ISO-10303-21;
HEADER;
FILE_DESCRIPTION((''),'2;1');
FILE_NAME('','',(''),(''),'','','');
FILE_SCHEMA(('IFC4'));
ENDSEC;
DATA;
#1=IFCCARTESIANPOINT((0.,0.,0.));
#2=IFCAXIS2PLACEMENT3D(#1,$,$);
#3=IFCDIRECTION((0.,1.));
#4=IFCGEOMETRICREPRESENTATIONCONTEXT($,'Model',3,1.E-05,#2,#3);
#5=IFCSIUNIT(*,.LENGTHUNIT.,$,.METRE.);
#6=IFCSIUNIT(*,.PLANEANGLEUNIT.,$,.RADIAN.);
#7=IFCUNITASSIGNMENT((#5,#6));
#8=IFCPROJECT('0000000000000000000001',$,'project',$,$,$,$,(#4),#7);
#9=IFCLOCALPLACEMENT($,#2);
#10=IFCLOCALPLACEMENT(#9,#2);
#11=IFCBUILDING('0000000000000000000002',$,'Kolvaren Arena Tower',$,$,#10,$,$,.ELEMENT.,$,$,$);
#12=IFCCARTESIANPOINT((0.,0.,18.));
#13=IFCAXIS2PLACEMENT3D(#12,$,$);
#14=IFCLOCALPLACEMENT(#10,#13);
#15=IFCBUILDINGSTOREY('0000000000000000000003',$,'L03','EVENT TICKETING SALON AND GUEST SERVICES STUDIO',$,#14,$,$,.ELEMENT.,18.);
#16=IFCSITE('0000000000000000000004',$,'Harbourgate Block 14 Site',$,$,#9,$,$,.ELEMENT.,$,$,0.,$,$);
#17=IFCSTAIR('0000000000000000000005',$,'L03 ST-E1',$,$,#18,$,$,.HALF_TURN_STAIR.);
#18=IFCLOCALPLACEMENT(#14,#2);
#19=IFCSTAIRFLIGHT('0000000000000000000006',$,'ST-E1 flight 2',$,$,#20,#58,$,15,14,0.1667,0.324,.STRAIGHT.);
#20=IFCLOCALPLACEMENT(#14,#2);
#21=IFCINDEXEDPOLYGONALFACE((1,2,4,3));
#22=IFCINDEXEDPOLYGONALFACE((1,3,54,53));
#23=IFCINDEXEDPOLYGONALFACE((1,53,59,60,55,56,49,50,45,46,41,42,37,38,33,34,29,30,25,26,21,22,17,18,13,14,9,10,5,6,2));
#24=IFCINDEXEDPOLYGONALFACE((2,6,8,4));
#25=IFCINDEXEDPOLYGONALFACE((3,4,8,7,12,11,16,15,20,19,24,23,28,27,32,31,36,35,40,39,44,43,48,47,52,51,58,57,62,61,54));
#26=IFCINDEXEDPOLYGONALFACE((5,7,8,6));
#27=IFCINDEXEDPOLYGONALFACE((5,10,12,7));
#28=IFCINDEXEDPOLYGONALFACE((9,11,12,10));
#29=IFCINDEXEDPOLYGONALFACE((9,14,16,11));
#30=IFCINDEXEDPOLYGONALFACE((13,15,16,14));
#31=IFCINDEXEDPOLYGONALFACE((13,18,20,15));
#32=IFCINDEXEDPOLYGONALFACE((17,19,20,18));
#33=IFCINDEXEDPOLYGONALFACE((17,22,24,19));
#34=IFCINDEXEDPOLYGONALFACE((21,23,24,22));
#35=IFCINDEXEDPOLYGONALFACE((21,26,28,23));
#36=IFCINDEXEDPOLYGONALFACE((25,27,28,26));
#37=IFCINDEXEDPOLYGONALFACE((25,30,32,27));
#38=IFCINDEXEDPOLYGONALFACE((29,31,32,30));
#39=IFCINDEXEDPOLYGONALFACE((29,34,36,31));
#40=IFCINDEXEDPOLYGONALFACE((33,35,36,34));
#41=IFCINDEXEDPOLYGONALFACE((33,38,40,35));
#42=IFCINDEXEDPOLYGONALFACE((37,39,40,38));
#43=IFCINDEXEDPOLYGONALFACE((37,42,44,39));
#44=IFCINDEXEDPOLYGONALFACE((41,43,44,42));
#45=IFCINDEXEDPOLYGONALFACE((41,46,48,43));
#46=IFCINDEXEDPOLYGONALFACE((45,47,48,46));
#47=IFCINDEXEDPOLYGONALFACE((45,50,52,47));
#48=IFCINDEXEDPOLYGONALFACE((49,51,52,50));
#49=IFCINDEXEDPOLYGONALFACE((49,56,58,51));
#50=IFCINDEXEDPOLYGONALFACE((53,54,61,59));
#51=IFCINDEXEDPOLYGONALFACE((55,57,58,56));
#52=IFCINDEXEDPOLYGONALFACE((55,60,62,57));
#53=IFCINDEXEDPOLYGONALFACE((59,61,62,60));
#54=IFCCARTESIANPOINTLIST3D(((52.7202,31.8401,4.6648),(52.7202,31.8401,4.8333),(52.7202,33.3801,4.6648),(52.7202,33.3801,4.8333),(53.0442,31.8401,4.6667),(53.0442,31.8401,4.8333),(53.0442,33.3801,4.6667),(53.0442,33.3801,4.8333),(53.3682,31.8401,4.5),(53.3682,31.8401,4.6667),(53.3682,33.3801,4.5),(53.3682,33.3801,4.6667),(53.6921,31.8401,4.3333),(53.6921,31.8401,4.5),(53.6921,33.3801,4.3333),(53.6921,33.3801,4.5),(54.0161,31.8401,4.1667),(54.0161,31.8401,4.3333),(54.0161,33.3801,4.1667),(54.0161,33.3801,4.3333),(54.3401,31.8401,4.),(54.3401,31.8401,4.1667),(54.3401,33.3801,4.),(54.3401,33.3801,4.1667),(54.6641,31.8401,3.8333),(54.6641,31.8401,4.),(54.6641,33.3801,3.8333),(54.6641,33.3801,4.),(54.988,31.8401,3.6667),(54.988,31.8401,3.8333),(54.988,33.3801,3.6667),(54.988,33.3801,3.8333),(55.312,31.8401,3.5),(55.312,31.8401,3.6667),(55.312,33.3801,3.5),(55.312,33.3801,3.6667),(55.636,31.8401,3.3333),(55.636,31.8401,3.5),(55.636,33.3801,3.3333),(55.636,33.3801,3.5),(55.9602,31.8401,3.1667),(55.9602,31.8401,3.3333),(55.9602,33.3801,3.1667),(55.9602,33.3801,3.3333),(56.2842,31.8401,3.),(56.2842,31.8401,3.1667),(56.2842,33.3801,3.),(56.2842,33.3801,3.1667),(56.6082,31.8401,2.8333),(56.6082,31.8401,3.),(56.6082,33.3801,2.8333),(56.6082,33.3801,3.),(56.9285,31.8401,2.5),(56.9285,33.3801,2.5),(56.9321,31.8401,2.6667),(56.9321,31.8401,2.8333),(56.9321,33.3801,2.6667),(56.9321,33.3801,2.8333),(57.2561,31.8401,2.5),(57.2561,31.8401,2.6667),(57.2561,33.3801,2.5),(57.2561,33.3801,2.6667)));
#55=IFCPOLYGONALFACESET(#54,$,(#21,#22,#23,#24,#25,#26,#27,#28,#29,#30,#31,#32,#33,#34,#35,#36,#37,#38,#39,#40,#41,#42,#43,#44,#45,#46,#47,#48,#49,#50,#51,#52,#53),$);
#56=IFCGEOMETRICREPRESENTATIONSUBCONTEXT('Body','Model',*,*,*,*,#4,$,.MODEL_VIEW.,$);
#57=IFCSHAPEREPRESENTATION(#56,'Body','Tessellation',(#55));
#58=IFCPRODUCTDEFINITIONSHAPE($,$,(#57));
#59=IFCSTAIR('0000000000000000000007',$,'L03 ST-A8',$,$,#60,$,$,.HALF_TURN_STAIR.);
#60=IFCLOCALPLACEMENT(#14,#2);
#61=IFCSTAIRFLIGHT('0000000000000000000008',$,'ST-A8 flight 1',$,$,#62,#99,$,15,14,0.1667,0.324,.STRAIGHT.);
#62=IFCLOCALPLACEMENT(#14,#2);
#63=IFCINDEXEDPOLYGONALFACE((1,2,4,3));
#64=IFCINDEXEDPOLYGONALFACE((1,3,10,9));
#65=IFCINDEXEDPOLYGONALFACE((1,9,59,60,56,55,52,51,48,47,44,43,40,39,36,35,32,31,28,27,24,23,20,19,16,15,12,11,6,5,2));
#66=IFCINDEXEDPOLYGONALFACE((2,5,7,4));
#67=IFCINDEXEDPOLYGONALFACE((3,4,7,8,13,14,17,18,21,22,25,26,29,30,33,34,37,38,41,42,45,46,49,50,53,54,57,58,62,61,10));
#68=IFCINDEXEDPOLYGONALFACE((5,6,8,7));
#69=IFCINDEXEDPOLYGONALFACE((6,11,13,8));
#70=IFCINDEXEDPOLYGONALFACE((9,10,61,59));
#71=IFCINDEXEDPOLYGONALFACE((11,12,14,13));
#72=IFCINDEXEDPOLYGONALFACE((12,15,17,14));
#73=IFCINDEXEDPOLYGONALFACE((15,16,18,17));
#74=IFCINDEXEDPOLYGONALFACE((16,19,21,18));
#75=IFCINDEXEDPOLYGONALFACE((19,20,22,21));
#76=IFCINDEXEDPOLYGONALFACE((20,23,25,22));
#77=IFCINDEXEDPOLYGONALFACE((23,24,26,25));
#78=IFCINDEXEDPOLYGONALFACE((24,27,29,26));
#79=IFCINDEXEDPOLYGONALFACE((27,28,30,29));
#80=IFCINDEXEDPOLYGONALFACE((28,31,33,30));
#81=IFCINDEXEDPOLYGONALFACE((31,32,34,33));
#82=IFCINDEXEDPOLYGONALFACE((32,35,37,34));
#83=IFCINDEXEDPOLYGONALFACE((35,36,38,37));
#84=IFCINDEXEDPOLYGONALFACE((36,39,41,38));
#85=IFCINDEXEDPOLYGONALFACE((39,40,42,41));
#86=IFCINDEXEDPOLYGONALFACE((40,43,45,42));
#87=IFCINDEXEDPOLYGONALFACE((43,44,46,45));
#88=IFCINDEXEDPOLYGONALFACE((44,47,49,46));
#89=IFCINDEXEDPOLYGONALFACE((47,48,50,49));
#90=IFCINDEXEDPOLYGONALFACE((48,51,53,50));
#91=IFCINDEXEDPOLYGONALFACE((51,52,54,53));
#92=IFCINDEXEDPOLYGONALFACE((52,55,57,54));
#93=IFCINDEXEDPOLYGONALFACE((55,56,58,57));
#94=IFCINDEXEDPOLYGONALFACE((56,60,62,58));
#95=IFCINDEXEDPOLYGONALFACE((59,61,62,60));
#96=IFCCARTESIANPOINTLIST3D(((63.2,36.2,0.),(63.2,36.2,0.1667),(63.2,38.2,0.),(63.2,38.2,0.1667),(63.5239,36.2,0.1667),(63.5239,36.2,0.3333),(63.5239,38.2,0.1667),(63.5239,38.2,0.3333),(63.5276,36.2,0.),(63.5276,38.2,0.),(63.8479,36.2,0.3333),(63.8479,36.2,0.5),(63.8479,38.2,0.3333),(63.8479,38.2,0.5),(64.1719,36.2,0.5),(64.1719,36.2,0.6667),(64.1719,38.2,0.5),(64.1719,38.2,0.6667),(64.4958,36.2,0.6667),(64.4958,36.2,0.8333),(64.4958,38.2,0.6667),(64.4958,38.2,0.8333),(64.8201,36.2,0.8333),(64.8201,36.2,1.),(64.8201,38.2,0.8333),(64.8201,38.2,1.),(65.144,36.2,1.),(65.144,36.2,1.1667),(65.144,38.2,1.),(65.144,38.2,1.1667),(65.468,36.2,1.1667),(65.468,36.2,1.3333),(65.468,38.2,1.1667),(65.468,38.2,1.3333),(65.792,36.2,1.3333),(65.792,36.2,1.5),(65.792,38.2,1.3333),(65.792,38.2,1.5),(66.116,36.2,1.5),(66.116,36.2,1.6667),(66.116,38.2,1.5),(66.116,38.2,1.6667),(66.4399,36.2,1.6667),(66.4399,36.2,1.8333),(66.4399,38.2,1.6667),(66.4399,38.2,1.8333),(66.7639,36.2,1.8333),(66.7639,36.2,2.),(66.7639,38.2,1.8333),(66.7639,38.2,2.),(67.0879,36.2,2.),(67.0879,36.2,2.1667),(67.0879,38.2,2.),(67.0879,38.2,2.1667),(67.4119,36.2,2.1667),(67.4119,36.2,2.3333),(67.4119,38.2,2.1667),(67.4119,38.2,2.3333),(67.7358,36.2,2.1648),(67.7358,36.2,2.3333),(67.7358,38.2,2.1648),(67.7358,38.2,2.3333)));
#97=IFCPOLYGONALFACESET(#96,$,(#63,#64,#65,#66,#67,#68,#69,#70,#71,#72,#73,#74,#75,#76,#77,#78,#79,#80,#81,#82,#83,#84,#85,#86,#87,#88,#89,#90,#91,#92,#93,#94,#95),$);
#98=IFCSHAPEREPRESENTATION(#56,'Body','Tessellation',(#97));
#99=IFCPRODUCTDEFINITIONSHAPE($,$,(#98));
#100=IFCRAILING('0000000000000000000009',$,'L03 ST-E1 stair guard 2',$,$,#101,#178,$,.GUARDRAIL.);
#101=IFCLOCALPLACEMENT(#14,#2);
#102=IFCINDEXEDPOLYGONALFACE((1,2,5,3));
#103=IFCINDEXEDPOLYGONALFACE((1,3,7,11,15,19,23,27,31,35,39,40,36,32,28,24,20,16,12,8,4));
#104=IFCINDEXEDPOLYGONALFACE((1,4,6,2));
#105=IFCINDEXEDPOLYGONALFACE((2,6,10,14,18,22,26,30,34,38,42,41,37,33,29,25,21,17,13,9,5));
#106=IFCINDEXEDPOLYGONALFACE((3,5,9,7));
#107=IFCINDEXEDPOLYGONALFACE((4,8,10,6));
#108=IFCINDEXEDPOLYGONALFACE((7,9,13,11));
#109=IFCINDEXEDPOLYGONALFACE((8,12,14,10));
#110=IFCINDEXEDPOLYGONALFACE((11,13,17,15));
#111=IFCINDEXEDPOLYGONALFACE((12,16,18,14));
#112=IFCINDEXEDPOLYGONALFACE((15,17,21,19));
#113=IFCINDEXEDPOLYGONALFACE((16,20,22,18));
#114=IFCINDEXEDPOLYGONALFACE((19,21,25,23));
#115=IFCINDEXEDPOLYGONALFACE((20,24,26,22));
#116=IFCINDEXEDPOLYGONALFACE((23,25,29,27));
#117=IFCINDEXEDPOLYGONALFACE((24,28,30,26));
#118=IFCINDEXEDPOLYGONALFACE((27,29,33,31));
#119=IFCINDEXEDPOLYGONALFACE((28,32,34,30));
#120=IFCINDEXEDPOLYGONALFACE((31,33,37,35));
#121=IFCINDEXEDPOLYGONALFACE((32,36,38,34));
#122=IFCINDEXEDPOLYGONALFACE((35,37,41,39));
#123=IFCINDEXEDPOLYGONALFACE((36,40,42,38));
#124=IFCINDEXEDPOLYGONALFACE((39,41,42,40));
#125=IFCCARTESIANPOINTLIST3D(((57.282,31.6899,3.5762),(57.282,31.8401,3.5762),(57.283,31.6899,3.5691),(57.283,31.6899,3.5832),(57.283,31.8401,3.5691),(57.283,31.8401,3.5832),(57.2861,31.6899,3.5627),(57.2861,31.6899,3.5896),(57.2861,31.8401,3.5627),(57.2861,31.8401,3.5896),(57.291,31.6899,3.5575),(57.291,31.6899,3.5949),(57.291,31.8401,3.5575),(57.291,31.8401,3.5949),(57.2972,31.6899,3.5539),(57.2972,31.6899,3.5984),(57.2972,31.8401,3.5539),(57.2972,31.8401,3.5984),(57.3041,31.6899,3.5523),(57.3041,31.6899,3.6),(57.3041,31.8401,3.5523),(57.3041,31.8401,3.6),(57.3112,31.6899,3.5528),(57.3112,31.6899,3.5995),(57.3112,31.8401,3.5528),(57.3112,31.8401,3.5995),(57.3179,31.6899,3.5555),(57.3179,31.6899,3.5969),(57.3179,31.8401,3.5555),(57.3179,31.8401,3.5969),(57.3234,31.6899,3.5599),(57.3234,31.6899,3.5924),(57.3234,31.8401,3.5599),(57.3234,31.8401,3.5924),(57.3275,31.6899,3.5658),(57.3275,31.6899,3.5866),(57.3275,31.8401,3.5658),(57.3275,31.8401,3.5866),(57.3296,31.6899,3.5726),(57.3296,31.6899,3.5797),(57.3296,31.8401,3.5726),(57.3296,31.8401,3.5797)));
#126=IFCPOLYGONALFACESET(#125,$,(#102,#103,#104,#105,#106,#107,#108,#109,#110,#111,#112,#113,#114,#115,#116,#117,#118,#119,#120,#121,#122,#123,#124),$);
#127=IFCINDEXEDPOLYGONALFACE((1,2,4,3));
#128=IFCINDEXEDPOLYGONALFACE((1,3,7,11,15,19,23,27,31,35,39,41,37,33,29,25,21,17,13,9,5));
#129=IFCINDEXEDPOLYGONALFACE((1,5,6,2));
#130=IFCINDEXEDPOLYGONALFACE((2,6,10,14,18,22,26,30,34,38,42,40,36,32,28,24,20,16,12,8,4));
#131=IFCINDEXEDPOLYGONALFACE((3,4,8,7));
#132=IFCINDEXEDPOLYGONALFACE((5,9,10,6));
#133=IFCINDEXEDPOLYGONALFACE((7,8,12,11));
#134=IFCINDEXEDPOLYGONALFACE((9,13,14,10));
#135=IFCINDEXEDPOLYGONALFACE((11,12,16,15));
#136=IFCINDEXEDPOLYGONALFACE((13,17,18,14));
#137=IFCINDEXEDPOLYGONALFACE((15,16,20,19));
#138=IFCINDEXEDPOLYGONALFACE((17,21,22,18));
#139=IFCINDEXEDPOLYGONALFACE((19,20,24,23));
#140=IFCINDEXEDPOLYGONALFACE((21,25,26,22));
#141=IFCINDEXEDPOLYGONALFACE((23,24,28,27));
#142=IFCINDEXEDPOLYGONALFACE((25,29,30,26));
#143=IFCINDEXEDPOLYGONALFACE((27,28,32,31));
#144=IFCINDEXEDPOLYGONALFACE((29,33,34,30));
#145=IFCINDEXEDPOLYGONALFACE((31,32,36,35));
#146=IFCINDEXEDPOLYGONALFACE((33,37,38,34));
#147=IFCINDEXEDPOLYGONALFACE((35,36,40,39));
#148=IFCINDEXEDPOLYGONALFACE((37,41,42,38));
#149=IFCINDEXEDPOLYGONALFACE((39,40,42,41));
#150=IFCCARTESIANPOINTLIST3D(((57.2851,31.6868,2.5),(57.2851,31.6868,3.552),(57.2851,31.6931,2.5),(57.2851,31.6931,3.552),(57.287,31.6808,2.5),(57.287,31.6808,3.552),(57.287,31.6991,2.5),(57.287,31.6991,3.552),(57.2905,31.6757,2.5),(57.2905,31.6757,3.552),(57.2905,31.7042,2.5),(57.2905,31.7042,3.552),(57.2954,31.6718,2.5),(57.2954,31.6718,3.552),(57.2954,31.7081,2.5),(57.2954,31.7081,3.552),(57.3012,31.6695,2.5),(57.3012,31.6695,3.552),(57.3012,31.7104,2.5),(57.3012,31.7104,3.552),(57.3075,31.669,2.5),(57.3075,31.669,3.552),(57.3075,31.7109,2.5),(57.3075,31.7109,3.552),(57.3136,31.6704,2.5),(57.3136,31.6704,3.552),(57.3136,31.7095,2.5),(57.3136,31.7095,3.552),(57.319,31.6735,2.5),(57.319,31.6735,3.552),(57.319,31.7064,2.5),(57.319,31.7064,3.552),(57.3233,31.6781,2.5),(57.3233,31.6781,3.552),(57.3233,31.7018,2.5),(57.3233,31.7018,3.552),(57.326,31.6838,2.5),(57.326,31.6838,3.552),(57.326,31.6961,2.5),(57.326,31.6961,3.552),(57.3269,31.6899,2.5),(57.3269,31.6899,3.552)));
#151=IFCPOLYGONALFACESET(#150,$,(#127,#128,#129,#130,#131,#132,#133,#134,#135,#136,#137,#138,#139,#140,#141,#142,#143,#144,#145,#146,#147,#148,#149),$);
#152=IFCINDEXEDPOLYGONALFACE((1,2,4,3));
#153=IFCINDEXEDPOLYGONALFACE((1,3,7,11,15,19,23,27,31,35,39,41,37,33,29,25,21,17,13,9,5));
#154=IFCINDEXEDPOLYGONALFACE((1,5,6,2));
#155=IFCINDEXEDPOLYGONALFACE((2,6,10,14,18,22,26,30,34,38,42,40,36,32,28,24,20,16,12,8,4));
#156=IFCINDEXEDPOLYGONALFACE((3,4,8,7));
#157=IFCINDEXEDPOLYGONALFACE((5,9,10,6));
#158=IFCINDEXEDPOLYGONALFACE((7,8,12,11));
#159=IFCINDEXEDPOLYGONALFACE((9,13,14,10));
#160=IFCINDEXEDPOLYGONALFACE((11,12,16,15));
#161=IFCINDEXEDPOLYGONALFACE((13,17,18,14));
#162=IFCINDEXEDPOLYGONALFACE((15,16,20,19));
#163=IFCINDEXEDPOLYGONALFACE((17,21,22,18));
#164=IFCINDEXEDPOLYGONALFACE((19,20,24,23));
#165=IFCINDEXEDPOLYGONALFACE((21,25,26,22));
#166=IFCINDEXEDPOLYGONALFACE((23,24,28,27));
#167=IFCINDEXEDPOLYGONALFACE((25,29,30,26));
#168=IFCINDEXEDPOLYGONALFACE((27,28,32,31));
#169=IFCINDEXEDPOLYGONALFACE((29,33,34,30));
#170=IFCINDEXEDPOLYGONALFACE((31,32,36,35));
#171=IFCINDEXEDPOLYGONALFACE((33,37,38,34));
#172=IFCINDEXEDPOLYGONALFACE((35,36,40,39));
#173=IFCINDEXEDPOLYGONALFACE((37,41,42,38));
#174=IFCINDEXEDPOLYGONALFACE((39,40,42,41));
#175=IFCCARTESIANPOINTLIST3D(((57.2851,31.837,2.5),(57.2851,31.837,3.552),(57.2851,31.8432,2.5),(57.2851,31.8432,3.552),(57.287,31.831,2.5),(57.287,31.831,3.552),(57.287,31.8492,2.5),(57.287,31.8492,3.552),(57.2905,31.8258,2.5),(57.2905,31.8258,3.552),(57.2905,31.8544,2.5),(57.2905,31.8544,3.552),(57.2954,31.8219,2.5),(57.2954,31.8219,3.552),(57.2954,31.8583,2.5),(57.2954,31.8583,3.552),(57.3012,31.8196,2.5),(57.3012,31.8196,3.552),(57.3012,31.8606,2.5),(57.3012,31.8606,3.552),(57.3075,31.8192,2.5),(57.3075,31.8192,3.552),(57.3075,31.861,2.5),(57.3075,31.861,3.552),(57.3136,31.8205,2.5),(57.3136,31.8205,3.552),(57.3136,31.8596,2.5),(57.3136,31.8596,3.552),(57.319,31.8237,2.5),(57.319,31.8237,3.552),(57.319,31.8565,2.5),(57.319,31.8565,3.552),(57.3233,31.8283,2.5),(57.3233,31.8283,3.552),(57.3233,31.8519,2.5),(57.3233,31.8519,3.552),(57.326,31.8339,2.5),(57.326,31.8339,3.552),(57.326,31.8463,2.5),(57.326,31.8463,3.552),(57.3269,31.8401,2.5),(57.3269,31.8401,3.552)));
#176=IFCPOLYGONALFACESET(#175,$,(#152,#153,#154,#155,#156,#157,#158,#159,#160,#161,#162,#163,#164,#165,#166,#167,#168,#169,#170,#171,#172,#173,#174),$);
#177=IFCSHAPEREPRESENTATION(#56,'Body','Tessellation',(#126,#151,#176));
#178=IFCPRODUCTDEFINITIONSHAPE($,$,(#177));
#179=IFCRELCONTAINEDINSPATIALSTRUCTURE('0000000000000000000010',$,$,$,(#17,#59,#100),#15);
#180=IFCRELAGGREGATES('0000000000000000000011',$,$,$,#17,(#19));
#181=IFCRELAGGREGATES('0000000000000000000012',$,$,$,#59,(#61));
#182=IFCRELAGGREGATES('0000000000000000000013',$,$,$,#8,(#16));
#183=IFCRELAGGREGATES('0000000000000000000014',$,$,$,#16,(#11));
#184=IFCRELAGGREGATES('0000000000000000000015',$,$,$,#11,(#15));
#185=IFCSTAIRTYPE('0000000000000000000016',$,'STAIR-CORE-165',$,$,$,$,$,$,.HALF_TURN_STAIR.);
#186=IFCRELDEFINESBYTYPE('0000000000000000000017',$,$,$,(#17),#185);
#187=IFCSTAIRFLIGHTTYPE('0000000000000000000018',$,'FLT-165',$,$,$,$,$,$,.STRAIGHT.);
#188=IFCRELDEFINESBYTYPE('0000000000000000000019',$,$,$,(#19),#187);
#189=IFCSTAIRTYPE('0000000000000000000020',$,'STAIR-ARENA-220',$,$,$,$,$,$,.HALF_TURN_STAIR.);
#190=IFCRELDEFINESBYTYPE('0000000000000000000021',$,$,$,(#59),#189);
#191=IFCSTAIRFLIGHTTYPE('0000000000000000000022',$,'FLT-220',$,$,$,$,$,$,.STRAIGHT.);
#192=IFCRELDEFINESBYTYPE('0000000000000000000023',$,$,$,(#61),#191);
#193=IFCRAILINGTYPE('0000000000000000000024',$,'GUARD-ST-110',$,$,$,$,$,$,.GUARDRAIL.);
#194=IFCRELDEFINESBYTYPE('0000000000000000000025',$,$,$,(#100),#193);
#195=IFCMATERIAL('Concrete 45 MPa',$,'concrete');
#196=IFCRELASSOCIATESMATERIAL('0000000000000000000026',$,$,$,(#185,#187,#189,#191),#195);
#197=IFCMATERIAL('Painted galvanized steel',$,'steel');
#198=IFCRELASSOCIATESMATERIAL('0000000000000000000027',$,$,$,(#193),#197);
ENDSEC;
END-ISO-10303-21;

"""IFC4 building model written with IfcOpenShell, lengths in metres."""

from ifc_helpers import new_model, si_unit, direction, frame, origin, origin_2d, place, context, subcontext, project, spatial, polyline, circle, outline, extrude, material, type_object, element, aggregate, save


model = new_model("IFC4")

# Units and contexts
model_context = context("Model", 3, precision=1e-05, world=origin(), true_north=direction((0.0, 1.0)))
body_context = subcontext(model_context, "Body", "Model", "MODEL_VIEW")
ifc_project = project(units=[si_unit("LENGTHUNIT", "METRE"), si_unit("PLANEANGLEUNIT", "RADIAN")], contexts=[model_context])

# Site, building, storey
site_placement = place(None, origin())
site = spatial("IfcSite", under=ifc_project, at=site_placement, Name="Harbourgate Block 14 Site", CompositionType="ELEMENT", RefElevation=0.0)
building_placement = place(site_placement, origin())
building = spatial("IfcBuilding", under=site, at=building_placement, Name="Kolvaren Arena Tower", CompositionType="ELEMENT")
storey_placement = place(building_placement, frame((0.0, 0.0, 18.0)))
storey = spatial("IfcBuildingStorey", under=building, at=storey_placement, Name="L03", Description="EVENT TICKETING SALON AND GUEST SERVICES STUDIO", CompositionType="ELEMENT", Elevation=18.0)

# Shared definitions
ifc_material_1 = material(Name="Concrete 45 MPa", Category="concrete")

# Stairs, stair flights
stair_type_1 = type_object("IfcStairType", Name="STAIR-CORE-165", PredefinedType="HALF_TURN_STAIR", material=ifc_material_1)
stair_1_placement = place(storey_placement, origin())
stair_1 = element("IfcStair", 1, at=stair_1_placement, inside=storey, type_object=stair_type_1, Name="L03 ST-E1", PredefinedType="HALF_TURN_STAIR")
stair_flight_type_1 = type_object("IfcStairFlightType", Name="FLT-165", PredefinedType="STRAIGHT", material=ifc_material_1)
stair_flight_1_placement = place(storey_placement, frame((57.2561, 32.6101, 2.5), z_axis=(0.0, 0.0, 1.0), x_axis=(-1.0, 0.0, 0.0)))
stair_flight_1 = element("IfcStairFlight", 2, at=stair_flight_1_placement, type_object=stair_flight_type_1, Name="ST-E1 flight 2", NumberOfRisers=15, NumberOfTreads=14, PredefinedType="STRAIGHT", RiserHeight=0.1667, TreadLength=0.324, context=body_context, shape_type="SweptSolid", body=[
    extrude(outline(polyline([(0.0, 0.0), (0.0, 0.1667), (0.324, 0.1667), (0.324, 0.3333), (0.6479, 0.3333), (0.6479, 0.5), (0.9719, 0.5), (0.9719, 0.6667), (1.2959, 0.6667), (1.2959, 0.8333), (1.6201, 0.8333), (1.6201, 1.0), (1.9441, 1.0), (1.9441, 1.1667), (2.2681, 1.1667), (2.2681, 1.3333), (2.592, 1.3333), (2.592, 1.5), (2.916, 1.5), (2.916, 1.6667), (3.24, 1.6667), (3.24, 1.8333), (3.564, 1.8333), (3.564, 2.0), (3.8879, 2.0), (3.8879, 2.1667), (4.2119, 2.1667), (4.2119, 2.3333), (4.5359, 2.3333), (4.5359, 2.5), (4.5359, 2.1648), (0.3276, 0.0), (0.0, 0.0)])), frame((0.0, 0.77, 0.0), z_axis=(0.0, -1.0, 0.0), x_axis=(1.0, 0.0, 0.0)), (0.0, 0.0, 1.0), 1.54),
])
aggregate(stair_1, [stair_flight_1])
stair_type_2 = type_object("IfcStairType", Name="STAIR-ARENA-220", PredefinedType="HALF_TURN_STAIR", material=ifc_material_1)
stair_2_placement = place(storey_placement, origin())
stair_2 = element("IfcStair", 3, at=stair_2_placement, inside=storey, type_object=stair_type_2, Name="L03 ST-A8", PredefinedType="HALF_TURN_STAIR")
stair_flight_type_2 = type_object("IfcStairFlightType", Name="FLT-220", PredefinedType="STRAIGHT", material=ifc_material_1)
stair_flight_2_placement = place(storey_placement, frame((63.2, 37.2, 0.0), z_axis=(0.0, 0.0, 1.0), x_axis=(1.0, 0.0, 0.0)))
stair_flight_2 = element("IfcStairFlight", 4, at=stair_flight_2_placement, type_object=stair_flight_type_2, Name="ST-A8 flight 1", NumberOfRisers=15, NumberOfTreads=14, PredefinedType="STRAIGHT", RiserHeight=0.1667, TreadLength=0.324, context=body_context, shape_type="SweptSolid", body=[
    extrude(outline(polyline([(0.0, 0.0), (0.0, 0.1667), (0.324, 0.1667), (0.324, 0.3333), (0.6479, 0.3333), (0.6479, 0.5), (0.9719, 0.5), (0.9719, 0.6667), (1.2959, 0.6667), (1.2959, 0.8333), (1.6201, 0.8333), (1.6201, 1.0), (1.9441, 1.0), (1.9441, 1.1667), (2.2681, 1.1667), (2.2681, 1.3333), (2.592, 1.3333), (2.592, 1.5), (2.916, 1.5), (2.916, 1.6667), (3.24, 1.6667), (3.24, 1.8333), (3.564, 1.8333), (3.564, 2.0), (3.8879, 2.0), (3.8879, 2.1667), (4.2119, 2.1667), (4.2119, 2.3333), (4.5359, 2.3333), (4.5359, 2.5), (4.5359, 2.1648), (0.3276, 0.0), (0.0, 0.0)])), frame((0.0, 1.0, 0.0), z_axis=(0.0, -1.0, 0.0), x_axis=(1.0, 0.0, 0.0)), (0.0, 0.0, 1.0), 2.0),
])
aggregate(stair_2, [stair_flight_2])

# Railing
ifc_material_2 = material(Name="Painted galvanized steel", Category="steel")
railing_type_1 = type_object("IfcRailingType", Name="GUARD-ST-110", PredefinedType="GUARDRAIL", material=ifc_material_2)
railing_1_placement = place(storey_placement, frame((57.3059, 31.6899, 2.5)))
element("IfcRailing", 5, at=railing_1_placement, inside=storey, type_object=railing_type_1, Name="L03 ST-E1 stair guard 2", PredefinedType="GUARDRAIL", context=body_context, shape_type="SweptSolid", body=[
    extrude(circle(Radius=0.0239, at=origin_2d()), frame((0.0, 0.0, 1.0762), z_axis=(0.0, 1.0, 0.0), x_axis=(-1.0, 0.0, 0.0)), (0.0, 0.0, 1.0), 0.1501),
    extrude(circle(Radius=0.021, at=origin_2d()), origin(), (0.0, 0.0, 1.0), 1.052),
    extrude(circle(Radius=0.021, at=origin_2d()), frame((0.0, 0.1501, 0.0)), (0.0, 0.0, 1.0), 1.052),
])

save(model, "model.ifc")
